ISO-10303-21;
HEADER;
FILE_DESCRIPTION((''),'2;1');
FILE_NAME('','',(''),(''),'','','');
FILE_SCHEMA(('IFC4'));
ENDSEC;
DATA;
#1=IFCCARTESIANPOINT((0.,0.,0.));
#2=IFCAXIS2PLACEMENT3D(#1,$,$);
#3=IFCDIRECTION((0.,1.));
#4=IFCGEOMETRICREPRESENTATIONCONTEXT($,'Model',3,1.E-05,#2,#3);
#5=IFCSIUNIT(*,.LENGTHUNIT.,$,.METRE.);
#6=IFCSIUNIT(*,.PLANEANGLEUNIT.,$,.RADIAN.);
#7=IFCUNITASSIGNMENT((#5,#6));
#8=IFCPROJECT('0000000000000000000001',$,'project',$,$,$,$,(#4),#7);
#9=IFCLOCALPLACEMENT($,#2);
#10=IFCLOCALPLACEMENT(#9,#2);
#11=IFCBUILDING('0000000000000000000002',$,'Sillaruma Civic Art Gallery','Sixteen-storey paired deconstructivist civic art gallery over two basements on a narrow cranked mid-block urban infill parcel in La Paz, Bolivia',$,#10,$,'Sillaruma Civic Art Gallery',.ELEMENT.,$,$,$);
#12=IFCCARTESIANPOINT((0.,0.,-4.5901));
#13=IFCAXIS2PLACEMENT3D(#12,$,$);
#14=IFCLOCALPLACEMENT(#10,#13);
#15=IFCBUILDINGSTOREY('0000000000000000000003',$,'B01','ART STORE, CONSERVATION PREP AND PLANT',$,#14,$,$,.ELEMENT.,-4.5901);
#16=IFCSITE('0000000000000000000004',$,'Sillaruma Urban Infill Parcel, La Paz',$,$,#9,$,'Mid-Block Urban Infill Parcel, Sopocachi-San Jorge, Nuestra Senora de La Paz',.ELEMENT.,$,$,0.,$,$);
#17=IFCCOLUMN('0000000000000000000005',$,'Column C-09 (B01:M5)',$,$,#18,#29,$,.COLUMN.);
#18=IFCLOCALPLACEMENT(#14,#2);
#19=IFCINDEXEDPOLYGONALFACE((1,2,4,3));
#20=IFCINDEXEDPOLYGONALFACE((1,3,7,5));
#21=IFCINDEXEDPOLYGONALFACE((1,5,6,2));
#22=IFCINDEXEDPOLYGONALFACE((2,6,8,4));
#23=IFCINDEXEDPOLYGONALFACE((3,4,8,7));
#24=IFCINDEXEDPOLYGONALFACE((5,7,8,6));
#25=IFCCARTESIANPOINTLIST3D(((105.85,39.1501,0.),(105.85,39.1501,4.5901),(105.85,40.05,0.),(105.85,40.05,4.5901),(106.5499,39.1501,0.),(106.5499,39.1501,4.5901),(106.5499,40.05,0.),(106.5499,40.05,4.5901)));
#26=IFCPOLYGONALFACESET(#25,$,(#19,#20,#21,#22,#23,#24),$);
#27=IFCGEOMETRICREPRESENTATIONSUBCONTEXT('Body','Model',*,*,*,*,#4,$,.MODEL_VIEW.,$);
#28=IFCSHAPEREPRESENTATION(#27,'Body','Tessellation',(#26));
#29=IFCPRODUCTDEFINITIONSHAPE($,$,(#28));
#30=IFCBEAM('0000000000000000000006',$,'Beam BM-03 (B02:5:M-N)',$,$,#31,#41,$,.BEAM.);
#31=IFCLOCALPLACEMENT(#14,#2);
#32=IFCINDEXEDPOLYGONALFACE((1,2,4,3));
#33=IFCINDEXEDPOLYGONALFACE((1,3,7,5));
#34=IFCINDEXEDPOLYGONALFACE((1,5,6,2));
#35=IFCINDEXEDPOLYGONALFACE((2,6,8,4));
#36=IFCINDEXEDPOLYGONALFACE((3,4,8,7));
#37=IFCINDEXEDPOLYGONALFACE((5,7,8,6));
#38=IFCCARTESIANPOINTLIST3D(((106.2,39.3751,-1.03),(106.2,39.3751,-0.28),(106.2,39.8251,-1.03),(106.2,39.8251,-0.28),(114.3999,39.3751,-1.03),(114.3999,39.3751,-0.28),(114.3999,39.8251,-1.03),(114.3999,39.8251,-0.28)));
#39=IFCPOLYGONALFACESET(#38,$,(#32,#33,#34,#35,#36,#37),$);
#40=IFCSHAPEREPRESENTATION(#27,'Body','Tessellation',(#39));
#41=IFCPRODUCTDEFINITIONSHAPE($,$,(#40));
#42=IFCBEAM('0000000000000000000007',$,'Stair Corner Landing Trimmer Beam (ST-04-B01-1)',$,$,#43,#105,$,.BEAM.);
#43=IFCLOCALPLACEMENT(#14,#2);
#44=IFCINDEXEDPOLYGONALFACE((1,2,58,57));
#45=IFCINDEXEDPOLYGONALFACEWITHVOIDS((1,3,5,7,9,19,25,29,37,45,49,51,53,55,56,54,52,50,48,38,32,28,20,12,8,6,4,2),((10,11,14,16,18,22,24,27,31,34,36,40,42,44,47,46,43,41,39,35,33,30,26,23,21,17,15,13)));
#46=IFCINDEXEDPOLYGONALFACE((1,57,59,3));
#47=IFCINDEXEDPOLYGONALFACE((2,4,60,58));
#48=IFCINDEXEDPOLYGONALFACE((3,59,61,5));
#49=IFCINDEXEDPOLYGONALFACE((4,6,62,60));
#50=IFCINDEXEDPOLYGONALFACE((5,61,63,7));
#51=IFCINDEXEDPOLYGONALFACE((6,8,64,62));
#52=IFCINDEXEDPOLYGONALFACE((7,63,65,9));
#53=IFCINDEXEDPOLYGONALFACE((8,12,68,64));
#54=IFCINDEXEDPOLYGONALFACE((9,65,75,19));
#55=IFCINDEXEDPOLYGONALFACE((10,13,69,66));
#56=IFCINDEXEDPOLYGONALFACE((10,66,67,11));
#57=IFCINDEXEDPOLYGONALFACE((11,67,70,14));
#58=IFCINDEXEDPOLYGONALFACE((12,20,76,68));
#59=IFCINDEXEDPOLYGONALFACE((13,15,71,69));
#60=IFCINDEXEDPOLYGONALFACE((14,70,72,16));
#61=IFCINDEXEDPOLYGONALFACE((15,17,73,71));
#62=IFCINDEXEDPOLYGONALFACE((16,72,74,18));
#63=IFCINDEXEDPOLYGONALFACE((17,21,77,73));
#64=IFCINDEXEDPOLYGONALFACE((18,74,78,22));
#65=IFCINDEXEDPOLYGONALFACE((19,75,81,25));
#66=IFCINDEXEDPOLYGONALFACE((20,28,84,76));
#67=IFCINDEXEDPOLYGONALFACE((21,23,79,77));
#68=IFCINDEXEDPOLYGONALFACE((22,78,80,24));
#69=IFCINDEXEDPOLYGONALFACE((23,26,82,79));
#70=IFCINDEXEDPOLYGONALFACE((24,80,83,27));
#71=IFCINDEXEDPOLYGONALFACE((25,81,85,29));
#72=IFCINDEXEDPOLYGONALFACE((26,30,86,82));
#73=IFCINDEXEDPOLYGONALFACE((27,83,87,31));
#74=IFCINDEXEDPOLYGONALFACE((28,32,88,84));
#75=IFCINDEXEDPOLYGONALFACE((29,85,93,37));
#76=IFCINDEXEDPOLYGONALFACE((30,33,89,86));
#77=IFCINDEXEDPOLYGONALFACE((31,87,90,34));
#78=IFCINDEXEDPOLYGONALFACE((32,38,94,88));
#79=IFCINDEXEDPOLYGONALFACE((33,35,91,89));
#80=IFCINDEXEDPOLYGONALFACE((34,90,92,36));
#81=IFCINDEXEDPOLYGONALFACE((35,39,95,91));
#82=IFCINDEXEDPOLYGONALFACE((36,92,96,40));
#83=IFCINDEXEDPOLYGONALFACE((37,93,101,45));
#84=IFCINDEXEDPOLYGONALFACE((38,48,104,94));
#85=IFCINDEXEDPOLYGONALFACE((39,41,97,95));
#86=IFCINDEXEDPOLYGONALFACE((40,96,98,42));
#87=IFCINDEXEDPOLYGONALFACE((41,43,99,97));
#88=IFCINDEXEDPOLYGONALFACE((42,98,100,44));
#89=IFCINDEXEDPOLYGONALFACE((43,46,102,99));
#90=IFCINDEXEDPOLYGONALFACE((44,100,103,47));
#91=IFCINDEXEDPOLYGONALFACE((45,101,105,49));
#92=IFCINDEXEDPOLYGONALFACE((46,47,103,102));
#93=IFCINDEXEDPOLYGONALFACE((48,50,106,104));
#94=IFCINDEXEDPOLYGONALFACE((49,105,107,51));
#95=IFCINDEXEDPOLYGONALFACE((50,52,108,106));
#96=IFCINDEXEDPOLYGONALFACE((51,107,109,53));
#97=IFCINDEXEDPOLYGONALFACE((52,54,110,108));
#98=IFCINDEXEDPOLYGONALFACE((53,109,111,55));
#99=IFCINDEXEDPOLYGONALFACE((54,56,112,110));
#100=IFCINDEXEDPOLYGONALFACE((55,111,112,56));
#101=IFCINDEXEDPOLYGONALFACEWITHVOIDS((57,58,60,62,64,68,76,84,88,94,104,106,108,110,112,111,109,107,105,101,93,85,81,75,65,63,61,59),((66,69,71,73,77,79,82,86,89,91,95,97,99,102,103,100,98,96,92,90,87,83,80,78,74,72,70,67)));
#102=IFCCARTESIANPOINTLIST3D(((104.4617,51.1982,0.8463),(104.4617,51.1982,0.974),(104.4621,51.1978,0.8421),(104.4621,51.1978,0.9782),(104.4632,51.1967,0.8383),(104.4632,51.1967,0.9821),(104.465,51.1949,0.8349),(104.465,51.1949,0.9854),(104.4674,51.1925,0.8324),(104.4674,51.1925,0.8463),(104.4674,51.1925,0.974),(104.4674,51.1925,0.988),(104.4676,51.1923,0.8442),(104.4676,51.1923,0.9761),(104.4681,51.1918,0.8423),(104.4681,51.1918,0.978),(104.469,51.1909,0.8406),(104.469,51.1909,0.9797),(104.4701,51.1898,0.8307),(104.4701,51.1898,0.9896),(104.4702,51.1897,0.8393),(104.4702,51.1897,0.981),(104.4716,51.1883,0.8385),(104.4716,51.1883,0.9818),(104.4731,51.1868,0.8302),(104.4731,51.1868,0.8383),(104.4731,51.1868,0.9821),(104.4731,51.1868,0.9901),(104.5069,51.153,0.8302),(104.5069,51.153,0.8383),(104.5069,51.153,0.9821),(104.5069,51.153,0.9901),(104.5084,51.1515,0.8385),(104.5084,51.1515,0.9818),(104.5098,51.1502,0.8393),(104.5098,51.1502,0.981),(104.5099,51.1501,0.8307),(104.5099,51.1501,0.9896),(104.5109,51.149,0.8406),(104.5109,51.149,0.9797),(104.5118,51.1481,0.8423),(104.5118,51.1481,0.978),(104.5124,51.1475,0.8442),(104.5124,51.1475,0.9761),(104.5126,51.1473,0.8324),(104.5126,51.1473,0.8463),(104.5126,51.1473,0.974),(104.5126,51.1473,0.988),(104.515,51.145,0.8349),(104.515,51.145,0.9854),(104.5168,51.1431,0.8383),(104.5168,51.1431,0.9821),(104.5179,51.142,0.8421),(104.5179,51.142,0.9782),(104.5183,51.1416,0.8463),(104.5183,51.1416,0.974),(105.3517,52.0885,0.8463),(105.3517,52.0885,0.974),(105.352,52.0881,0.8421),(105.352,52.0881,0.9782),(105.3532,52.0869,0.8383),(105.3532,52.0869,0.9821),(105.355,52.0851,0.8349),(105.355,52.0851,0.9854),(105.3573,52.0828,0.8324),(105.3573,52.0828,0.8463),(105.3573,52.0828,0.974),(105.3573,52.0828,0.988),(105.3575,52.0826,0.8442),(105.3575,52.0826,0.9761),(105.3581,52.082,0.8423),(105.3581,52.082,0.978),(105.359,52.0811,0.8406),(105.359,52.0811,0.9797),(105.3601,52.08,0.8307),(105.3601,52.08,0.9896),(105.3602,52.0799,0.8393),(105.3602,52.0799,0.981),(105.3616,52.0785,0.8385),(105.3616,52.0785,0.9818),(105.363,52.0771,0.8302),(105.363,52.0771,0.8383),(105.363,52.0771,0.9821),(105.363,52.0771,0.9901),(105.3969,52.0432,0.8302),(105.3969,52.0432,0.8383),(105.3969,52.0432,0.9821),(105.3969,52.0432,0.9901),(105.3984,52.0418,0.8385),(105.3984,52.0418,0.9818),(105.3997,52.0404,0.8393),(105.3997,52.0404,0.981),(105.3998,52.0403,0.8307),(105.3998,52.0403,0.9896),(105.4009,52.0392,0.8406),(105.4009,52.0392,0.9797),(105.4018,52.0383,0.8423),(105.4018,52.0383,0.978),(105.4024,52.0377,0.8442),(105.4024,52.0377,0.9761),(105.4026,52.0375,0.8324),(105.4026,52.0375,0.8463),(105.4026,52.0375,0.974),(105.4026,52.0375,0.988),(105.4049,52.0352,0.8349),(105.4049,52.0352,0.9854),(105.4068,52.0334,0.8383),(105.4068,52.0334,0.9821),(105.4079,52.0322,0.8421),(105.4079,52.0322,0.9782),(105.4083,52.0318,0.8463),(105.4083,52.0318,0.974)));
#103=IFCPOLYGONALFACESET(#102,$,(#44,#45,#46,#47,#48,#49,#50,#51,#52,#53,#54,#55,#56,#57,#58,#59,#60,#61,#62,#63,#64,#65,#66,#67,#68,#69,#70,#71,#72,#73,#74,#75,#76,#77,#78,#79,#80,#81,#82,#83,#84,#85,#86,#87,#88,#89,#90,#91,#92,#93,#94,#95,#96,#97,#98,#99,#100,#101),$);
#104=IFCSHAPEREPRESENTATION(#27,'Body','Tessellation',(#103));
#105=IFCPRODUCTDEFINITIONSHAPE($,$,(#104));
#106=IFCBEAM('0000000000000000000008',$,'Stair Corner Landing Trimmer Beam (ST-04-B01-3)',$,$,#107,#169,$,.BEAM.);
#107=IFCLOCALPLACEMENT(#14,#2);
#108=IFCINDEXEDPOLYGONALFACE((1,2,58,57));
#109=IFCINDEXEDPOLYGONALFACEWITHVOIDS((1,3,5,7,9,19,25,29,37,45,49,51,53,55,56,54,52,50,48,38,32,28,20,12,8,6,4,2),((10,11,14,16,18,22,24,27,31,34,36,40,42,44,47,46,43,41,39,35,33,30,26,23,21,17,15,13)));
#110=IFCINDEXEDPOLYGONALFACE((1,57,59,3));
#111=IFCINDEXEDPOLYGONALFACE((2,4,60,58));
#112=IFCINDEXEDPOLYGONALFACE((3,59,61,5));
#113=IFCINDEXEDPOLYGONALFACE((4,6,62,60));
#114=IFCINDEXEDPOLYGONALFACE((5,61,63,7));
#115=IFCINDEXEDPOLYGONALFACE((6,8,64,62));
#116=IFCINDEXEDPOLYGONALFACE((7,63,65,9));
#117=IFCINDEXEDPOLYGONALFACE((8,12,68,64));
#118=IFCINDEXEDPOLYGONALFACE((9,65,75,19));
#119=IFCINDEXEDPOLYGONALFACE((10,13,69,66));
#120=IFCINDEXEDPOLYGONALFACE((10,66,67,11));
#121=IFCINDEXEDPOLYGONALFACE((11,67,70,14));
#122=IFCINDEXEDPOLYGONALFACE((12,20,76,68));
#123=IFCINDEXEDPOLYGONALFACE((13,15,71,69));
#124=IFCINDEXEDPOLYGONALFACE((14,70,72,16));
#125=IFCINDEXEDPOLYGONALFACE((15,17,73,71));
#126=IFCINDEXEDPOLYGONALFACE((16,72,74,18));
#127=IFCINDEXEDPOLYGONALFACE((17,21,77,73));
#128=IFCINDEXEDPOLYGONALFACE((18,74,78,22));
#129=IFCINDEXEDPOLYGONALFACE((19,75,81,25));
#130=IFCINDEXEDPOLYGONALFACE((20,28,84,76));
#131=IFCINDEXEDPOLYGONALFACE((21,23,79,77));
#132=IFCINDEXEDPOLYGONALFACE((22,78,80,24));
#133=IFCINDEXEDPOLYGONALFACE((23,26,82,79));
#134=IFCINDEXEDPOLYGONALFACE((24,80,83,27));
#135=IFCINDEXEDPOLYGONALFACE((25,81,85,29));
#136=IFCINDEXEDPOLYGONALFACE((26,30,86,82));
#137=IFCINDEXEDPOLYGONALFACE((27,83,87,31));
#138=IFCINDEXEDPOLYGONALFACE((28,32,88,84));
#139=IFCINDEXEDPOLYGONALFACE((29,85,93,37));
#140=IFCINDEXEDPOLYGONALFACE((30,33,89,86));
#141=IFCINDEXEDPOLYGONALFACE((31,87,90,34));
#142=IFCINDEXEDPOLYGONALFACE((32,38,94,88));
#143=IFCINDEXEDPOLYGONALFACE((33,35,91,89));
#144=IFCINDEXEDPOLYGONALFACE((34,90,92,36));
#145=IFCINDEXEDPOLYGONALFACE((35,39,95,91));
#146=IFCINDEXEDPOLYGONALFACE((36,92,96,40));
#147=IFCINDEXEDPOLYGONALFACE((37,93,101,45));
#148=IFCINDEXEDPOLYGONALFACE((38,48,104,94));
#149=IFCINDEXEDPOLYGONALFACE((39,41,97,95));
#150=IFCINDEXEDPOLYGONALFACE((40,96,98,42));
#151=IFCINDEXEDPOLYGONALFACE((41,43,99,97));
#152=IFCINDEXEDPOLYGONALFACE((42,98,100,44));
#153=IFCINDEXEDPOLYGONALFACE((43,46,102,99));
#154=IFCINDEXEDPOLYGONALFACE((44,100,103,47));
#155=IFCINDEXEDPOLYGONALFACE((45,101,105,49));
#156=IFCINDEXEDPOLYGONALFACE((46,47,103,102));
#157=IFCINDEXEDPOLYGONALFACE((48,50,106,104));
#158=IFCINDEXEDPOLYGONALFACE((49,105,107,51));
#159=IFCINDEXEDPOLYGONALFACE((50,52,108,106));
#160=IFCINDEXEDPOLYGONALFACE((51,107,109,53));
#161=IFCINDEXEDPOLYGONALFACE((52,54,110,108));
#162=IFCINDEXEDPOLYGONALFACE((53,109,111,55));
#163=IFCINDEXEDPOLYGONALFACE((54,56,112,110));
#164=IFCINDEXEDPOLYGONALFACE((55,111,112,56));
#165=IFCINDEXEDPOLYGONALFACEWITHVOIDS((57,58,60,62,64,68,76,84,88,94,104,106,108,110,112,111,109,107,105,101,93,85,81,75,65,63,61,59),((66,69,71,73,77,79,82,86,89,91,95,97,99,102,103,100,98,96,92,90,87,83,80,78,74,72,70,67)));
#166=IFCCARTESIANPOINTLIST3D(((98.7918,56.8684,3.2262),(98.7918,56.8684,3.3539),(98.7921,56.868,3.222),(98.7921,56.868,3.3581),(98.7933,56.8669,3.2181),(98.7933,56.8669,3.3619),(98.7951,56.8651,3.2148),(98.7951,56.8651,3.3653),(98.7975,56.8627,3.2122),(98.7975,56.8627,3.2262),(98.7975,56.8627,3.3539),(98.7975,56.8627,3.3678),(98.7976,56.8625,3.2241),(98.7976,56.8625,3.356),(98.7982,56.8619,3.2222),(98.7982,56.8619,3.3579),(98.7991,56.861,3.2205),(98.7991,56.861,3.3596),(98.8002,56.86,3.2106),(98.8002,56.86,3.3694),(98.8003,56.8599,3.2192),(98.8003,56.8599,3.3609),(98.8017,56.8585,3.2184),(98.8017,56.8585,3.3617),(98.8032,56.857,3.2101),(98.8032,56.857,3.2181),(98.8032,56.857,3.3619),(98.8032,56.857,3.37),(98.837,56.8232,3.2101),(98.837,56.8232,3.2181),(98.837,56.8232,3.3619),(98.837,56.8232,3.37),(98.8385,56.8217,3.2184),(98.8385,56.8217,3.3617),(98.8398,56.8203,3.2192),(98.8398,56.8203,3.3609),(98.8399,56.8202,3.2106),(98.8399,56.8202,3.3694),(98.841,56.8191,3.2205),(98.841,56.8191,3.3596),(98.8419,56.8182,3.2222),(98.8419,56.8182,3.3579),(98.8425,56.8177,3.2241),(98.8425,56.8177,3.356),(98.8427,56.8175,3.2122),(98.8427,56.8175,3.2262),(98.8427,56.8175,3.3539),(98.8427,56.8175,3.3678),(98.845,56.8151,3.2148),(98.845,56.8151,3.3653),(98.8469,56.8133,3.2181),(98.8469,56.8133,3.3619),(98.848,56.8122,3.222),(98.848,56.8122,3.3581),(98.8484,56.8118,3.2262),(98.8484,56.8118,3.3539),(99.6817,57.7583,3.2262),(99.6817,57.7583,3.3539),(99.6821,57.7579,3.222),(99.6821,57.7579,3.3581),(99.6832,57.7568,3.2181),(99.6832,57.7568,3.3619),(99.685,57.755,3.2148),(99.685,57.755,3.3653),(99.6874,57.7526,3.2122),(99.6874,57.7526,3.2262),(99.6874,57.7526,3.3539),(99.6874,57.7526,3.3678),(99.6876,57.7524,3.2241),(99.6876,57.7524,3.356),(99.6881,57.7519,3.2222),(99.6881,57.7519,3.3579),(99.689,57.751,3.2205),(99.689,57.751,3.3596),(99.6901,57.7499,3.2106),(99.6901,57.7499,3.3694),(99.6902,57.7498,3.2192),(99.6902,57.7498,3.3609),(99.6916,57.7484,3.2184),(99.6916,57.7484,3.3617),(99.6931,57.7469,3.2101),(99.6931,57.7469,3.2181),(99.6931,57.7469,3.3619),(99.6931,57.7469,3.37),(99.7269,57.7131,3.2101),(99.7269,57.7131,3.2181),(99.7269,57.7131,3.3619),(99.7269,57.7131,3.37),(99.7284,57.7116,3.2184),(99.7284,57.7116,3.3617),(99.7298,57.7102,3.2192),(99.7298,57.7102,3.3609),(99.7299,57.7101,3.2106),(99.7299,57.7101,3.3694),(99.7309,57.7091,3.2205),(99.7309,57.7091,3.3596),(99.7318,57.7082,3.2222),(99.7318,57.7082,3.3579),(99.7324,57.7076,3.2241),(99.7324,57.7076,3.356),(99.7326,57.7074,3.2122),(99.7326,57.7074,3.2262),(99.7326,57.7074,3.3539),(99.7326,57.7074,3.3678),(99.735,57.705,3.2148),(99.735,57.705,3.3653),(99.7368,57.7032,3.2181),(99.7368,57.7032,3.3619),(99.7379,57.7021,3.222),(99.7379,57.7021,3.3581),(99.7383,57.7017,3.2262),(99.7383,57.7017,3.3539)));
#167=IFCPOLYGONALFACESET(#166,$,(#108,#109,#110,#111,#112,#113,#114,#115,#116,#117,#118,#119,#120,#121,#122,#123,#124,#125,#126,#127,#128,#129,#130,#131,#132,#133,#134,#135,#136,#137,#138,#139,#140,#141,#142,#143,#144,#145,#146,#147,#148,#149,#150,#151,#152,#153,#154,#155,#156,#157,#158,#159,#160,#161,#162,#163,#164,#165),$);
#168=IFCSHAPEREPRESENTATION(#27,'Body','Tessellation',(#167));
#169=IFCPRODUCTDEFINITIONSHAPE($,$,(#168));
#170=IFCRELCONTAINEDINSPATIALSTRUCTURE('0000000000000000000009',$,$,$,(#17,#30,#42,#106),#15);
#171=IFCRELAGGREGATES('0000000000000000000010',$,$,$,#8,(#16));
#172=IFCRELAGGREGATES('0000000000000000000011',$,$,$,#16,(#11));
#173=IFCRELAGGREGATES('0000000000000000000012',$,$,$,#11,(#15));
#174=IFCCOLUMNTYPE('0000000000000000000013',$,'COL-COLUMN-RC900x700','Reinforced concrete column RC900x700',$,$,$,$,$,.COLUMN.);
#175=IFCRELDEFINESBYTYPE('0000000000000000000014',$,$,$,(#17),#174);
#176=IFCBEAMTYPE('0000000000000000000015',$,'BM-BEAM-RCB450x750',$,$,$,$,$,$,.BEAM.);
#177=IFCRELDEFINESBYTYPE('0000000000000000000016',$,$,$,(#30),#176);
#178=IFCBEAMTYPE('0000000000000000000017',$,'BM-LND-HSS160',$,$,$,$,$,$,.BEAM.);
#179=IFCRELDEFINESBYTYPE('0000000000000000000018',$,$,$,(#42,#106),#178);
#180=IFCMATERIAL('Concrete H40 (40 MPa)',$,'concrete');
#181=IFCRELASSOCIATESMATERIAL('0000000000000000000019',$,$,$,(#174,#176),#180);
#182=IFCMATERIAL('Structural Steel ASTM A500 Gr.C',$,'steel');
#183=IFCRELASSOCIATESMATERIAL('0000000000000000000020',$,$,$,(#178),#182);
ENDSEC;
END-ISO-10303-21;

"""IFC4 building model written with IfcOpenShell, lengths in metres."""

from ifc_helpers import new_model, si_unit, direction, frame, origin, origin_2d, place, context, subcontext, project, spatial, rectangle, hollow_rectangle, extrude, material, material_profile, profile_set, type_object, element, save


model = new_model("IFC4")

# Units and contexts
model_context = context("Model", 3, precision=1e-05, world=origin(), true_north=direction((0.0, 1.0)))
body_context = subcontext(model_context, "Body", "Model", "MODEL_VIEW")
ifc_project = project(units=[si_unit("LENGTHUNIT", "METRE"), si_unit("PLANEANGLEUNIT", "RADIAN")], contexts=[model_context])

# Site, building, storey
site_placement = place(None, origin())
site = spatial("IfcSite", under=ifc_project, at=site_placement, Name="Sillaruma Urban Infill Parcel, La Paz", LongName="Mid-Block Urban Infill Parcel, Sopocachi-San Jorge, Nuestra Senora de La Paz", CompositionType="ELEMENT", RefElevation=0.0)
building_placement = place(site_placement, origin())
building = spatial("IfcBuilding", under=site, at=building_placement, Name="Sillaruma Civic Art Gallery", Description="Sixteen-storey paired deconstructivist civic art gallery over two basements on a narrow cranked mid-block urban infill parcel in La Paz, Bolivia", LongName="Sillaruma Civic Art Gallery", CompositionType="ELEMENT")
storey_placement = place(building_placement, frame((0.0, 0.0, -4.5901)))
storey = spatial("IfcBuildingStorey", under=building, at=storey_placement, Name="B01", Description="ART STORE, CONSERVATION PREP AND PLANT", CompositionType="ELEMENT", Elevation=-4.5901)

# Column
ifc_material_1 = material(Name="Concrete H40 (40 MPa)", Category="concrete")
ifc_material_profile_1 = material_profile(ifc_material_1, rectangle(XDim=0.7, YDim=0.8999, at=origin_2d()), Name="RC900x700")
ifc_profile_set_1 = profile_set([ifc_material_profile_1], Name="Concrete H40 (40 MPa)")
column_type = type_object("IfcColumnType", Name="COL-COLUMN-RC900x700", Description="Reinforced concrete column RC900x700", PredefinedType="COLUMN", material=ifc_profile_set_1)
column_placement = place(storey_placement, frame((106.2, 39.6001, 0.0), z_axis=(0.0, 0.0, 1.0), x_axis=(1.0, 0.0, 0.0)))
element("IfcColumn", 1, at=column_placement, inside=storey, type_object=column_type, Name="Column C-09 (B01:M5)", PredefinedType="COLUMN", context=body_context, shape_type="SweptSolid", body=[
    extrude(rectangle(XDim=0.7, YDim=0.8999, at=origin_2d()), origin(), (0.0, 0.0, 1.0), 4.5901),
])

# Beams
ifc_material_profile_2 = material_profile(ifc_material_1, rectangle(XDim=0.45, YDim=0.75, at=origin_2d()), Name="RCB450x750")
ifc_profile_set_2 = profile_set([ifc_material_profile_2], Name="Concrete H40 (40 MPa)")
beam_type_1 = type_object("IfcBeamType", Name="BM-BEAM-RCB450x750", PredefinedType="BEAM", material=ifc_profile_set_2)
beam_1_placement = place(storey_placement, frame((106.2, 39.6001, -0.655), z_axis=(1.0, 0.0, 0.0), x_axis=(0.0, 1.0, 0.0)))
element("IfcBeam", 2, at=beam_1_placement, inside=storey, type_object=beam_type_1, Name="Beam BM-03 (B02:5:M-N)", PredefinedType="BEAM", context=body_context, shape_type="SweptSolid", body=[
    extrude(rectangle(XDim=0.45, YDim=0.75, at=origin_2d()), origin(), (0.0, 0.0, 1.0), 8.2),
])
ifc_material_2 = material(Name="Structural Steel ASTM A500 Gr.C", Category="steel")
ifc_material_profile_3 = material_profile(ifc_material_2, hollow_rectangle(XDim=0.0801, YDim=0.1599, WallThickness=0.0081, InnerFilletRadius=0.0081, OuterFilletRadius=0.0161, at=origin_2d()), Name="HSS160x80x8")
ifc_profile_set_3 = profile_set([ifc_material_profile_3], Name="Structural Steel ASTM A500 Gr.C")
beam_type_2 = type_object("IfcBeamType", Name="BM-LND-HSS160", PredefinedType="BEAM", material=ifc_profile_set_3)
beam_2_placement = place(storey_placement, frame((104.49, 51.1699, 0.9102), z_axis=(0.70701, 0.707204, 0.0), x_axis=(-0.707204, 0.70701, 0.0)))
element("IfcBeam", 3, at=beam_2_placement, inside=storey, type_object=beam_type_2, Name="Stair Corner Landing Trimmer Beam (ST-04-B01-1)", PredefinedType="BEAM", context=body_context, shape_type="SweptSolid", body=[
    extrude(hollow_rectangle(XDim=0.0801, YDim=0.1599, WallThickness=0.0081, InnerFilletRadius=0.0081, OuterFilletRadius=0.0161, at=origin_2d()), origin(), (0.0, 0.0, 1.0), 1.2588),
])
beam_3_placement = place(storey_placement, frame((98.8201, 56.8401, 3.29), z_axis=(0.707107, 0.707107, 0.0), x_axis=(-0.707107, 0.707107, 0.0)))
element("IfcBeam", 4, at=beam_3_placement, inside=storey, type_object=beam_type_2, Name="Stair Corner Landing Trimmer Beam (ST-04-B01-3)", PredefinedType="BEAM", context=body_context, shape_type="SweptSolid", body=[
    extrude(hollow_rectangle(XDim=0.0801, YDim=0.1599, WallThickness=0.0081, InnerFilletRadius=0.0081, OuterFilletRadius=0.0161, at=origin_2d()), origin(), (0.0, 0.0, 1.0), 1.2585),
])

save(model, "model.ifc")
